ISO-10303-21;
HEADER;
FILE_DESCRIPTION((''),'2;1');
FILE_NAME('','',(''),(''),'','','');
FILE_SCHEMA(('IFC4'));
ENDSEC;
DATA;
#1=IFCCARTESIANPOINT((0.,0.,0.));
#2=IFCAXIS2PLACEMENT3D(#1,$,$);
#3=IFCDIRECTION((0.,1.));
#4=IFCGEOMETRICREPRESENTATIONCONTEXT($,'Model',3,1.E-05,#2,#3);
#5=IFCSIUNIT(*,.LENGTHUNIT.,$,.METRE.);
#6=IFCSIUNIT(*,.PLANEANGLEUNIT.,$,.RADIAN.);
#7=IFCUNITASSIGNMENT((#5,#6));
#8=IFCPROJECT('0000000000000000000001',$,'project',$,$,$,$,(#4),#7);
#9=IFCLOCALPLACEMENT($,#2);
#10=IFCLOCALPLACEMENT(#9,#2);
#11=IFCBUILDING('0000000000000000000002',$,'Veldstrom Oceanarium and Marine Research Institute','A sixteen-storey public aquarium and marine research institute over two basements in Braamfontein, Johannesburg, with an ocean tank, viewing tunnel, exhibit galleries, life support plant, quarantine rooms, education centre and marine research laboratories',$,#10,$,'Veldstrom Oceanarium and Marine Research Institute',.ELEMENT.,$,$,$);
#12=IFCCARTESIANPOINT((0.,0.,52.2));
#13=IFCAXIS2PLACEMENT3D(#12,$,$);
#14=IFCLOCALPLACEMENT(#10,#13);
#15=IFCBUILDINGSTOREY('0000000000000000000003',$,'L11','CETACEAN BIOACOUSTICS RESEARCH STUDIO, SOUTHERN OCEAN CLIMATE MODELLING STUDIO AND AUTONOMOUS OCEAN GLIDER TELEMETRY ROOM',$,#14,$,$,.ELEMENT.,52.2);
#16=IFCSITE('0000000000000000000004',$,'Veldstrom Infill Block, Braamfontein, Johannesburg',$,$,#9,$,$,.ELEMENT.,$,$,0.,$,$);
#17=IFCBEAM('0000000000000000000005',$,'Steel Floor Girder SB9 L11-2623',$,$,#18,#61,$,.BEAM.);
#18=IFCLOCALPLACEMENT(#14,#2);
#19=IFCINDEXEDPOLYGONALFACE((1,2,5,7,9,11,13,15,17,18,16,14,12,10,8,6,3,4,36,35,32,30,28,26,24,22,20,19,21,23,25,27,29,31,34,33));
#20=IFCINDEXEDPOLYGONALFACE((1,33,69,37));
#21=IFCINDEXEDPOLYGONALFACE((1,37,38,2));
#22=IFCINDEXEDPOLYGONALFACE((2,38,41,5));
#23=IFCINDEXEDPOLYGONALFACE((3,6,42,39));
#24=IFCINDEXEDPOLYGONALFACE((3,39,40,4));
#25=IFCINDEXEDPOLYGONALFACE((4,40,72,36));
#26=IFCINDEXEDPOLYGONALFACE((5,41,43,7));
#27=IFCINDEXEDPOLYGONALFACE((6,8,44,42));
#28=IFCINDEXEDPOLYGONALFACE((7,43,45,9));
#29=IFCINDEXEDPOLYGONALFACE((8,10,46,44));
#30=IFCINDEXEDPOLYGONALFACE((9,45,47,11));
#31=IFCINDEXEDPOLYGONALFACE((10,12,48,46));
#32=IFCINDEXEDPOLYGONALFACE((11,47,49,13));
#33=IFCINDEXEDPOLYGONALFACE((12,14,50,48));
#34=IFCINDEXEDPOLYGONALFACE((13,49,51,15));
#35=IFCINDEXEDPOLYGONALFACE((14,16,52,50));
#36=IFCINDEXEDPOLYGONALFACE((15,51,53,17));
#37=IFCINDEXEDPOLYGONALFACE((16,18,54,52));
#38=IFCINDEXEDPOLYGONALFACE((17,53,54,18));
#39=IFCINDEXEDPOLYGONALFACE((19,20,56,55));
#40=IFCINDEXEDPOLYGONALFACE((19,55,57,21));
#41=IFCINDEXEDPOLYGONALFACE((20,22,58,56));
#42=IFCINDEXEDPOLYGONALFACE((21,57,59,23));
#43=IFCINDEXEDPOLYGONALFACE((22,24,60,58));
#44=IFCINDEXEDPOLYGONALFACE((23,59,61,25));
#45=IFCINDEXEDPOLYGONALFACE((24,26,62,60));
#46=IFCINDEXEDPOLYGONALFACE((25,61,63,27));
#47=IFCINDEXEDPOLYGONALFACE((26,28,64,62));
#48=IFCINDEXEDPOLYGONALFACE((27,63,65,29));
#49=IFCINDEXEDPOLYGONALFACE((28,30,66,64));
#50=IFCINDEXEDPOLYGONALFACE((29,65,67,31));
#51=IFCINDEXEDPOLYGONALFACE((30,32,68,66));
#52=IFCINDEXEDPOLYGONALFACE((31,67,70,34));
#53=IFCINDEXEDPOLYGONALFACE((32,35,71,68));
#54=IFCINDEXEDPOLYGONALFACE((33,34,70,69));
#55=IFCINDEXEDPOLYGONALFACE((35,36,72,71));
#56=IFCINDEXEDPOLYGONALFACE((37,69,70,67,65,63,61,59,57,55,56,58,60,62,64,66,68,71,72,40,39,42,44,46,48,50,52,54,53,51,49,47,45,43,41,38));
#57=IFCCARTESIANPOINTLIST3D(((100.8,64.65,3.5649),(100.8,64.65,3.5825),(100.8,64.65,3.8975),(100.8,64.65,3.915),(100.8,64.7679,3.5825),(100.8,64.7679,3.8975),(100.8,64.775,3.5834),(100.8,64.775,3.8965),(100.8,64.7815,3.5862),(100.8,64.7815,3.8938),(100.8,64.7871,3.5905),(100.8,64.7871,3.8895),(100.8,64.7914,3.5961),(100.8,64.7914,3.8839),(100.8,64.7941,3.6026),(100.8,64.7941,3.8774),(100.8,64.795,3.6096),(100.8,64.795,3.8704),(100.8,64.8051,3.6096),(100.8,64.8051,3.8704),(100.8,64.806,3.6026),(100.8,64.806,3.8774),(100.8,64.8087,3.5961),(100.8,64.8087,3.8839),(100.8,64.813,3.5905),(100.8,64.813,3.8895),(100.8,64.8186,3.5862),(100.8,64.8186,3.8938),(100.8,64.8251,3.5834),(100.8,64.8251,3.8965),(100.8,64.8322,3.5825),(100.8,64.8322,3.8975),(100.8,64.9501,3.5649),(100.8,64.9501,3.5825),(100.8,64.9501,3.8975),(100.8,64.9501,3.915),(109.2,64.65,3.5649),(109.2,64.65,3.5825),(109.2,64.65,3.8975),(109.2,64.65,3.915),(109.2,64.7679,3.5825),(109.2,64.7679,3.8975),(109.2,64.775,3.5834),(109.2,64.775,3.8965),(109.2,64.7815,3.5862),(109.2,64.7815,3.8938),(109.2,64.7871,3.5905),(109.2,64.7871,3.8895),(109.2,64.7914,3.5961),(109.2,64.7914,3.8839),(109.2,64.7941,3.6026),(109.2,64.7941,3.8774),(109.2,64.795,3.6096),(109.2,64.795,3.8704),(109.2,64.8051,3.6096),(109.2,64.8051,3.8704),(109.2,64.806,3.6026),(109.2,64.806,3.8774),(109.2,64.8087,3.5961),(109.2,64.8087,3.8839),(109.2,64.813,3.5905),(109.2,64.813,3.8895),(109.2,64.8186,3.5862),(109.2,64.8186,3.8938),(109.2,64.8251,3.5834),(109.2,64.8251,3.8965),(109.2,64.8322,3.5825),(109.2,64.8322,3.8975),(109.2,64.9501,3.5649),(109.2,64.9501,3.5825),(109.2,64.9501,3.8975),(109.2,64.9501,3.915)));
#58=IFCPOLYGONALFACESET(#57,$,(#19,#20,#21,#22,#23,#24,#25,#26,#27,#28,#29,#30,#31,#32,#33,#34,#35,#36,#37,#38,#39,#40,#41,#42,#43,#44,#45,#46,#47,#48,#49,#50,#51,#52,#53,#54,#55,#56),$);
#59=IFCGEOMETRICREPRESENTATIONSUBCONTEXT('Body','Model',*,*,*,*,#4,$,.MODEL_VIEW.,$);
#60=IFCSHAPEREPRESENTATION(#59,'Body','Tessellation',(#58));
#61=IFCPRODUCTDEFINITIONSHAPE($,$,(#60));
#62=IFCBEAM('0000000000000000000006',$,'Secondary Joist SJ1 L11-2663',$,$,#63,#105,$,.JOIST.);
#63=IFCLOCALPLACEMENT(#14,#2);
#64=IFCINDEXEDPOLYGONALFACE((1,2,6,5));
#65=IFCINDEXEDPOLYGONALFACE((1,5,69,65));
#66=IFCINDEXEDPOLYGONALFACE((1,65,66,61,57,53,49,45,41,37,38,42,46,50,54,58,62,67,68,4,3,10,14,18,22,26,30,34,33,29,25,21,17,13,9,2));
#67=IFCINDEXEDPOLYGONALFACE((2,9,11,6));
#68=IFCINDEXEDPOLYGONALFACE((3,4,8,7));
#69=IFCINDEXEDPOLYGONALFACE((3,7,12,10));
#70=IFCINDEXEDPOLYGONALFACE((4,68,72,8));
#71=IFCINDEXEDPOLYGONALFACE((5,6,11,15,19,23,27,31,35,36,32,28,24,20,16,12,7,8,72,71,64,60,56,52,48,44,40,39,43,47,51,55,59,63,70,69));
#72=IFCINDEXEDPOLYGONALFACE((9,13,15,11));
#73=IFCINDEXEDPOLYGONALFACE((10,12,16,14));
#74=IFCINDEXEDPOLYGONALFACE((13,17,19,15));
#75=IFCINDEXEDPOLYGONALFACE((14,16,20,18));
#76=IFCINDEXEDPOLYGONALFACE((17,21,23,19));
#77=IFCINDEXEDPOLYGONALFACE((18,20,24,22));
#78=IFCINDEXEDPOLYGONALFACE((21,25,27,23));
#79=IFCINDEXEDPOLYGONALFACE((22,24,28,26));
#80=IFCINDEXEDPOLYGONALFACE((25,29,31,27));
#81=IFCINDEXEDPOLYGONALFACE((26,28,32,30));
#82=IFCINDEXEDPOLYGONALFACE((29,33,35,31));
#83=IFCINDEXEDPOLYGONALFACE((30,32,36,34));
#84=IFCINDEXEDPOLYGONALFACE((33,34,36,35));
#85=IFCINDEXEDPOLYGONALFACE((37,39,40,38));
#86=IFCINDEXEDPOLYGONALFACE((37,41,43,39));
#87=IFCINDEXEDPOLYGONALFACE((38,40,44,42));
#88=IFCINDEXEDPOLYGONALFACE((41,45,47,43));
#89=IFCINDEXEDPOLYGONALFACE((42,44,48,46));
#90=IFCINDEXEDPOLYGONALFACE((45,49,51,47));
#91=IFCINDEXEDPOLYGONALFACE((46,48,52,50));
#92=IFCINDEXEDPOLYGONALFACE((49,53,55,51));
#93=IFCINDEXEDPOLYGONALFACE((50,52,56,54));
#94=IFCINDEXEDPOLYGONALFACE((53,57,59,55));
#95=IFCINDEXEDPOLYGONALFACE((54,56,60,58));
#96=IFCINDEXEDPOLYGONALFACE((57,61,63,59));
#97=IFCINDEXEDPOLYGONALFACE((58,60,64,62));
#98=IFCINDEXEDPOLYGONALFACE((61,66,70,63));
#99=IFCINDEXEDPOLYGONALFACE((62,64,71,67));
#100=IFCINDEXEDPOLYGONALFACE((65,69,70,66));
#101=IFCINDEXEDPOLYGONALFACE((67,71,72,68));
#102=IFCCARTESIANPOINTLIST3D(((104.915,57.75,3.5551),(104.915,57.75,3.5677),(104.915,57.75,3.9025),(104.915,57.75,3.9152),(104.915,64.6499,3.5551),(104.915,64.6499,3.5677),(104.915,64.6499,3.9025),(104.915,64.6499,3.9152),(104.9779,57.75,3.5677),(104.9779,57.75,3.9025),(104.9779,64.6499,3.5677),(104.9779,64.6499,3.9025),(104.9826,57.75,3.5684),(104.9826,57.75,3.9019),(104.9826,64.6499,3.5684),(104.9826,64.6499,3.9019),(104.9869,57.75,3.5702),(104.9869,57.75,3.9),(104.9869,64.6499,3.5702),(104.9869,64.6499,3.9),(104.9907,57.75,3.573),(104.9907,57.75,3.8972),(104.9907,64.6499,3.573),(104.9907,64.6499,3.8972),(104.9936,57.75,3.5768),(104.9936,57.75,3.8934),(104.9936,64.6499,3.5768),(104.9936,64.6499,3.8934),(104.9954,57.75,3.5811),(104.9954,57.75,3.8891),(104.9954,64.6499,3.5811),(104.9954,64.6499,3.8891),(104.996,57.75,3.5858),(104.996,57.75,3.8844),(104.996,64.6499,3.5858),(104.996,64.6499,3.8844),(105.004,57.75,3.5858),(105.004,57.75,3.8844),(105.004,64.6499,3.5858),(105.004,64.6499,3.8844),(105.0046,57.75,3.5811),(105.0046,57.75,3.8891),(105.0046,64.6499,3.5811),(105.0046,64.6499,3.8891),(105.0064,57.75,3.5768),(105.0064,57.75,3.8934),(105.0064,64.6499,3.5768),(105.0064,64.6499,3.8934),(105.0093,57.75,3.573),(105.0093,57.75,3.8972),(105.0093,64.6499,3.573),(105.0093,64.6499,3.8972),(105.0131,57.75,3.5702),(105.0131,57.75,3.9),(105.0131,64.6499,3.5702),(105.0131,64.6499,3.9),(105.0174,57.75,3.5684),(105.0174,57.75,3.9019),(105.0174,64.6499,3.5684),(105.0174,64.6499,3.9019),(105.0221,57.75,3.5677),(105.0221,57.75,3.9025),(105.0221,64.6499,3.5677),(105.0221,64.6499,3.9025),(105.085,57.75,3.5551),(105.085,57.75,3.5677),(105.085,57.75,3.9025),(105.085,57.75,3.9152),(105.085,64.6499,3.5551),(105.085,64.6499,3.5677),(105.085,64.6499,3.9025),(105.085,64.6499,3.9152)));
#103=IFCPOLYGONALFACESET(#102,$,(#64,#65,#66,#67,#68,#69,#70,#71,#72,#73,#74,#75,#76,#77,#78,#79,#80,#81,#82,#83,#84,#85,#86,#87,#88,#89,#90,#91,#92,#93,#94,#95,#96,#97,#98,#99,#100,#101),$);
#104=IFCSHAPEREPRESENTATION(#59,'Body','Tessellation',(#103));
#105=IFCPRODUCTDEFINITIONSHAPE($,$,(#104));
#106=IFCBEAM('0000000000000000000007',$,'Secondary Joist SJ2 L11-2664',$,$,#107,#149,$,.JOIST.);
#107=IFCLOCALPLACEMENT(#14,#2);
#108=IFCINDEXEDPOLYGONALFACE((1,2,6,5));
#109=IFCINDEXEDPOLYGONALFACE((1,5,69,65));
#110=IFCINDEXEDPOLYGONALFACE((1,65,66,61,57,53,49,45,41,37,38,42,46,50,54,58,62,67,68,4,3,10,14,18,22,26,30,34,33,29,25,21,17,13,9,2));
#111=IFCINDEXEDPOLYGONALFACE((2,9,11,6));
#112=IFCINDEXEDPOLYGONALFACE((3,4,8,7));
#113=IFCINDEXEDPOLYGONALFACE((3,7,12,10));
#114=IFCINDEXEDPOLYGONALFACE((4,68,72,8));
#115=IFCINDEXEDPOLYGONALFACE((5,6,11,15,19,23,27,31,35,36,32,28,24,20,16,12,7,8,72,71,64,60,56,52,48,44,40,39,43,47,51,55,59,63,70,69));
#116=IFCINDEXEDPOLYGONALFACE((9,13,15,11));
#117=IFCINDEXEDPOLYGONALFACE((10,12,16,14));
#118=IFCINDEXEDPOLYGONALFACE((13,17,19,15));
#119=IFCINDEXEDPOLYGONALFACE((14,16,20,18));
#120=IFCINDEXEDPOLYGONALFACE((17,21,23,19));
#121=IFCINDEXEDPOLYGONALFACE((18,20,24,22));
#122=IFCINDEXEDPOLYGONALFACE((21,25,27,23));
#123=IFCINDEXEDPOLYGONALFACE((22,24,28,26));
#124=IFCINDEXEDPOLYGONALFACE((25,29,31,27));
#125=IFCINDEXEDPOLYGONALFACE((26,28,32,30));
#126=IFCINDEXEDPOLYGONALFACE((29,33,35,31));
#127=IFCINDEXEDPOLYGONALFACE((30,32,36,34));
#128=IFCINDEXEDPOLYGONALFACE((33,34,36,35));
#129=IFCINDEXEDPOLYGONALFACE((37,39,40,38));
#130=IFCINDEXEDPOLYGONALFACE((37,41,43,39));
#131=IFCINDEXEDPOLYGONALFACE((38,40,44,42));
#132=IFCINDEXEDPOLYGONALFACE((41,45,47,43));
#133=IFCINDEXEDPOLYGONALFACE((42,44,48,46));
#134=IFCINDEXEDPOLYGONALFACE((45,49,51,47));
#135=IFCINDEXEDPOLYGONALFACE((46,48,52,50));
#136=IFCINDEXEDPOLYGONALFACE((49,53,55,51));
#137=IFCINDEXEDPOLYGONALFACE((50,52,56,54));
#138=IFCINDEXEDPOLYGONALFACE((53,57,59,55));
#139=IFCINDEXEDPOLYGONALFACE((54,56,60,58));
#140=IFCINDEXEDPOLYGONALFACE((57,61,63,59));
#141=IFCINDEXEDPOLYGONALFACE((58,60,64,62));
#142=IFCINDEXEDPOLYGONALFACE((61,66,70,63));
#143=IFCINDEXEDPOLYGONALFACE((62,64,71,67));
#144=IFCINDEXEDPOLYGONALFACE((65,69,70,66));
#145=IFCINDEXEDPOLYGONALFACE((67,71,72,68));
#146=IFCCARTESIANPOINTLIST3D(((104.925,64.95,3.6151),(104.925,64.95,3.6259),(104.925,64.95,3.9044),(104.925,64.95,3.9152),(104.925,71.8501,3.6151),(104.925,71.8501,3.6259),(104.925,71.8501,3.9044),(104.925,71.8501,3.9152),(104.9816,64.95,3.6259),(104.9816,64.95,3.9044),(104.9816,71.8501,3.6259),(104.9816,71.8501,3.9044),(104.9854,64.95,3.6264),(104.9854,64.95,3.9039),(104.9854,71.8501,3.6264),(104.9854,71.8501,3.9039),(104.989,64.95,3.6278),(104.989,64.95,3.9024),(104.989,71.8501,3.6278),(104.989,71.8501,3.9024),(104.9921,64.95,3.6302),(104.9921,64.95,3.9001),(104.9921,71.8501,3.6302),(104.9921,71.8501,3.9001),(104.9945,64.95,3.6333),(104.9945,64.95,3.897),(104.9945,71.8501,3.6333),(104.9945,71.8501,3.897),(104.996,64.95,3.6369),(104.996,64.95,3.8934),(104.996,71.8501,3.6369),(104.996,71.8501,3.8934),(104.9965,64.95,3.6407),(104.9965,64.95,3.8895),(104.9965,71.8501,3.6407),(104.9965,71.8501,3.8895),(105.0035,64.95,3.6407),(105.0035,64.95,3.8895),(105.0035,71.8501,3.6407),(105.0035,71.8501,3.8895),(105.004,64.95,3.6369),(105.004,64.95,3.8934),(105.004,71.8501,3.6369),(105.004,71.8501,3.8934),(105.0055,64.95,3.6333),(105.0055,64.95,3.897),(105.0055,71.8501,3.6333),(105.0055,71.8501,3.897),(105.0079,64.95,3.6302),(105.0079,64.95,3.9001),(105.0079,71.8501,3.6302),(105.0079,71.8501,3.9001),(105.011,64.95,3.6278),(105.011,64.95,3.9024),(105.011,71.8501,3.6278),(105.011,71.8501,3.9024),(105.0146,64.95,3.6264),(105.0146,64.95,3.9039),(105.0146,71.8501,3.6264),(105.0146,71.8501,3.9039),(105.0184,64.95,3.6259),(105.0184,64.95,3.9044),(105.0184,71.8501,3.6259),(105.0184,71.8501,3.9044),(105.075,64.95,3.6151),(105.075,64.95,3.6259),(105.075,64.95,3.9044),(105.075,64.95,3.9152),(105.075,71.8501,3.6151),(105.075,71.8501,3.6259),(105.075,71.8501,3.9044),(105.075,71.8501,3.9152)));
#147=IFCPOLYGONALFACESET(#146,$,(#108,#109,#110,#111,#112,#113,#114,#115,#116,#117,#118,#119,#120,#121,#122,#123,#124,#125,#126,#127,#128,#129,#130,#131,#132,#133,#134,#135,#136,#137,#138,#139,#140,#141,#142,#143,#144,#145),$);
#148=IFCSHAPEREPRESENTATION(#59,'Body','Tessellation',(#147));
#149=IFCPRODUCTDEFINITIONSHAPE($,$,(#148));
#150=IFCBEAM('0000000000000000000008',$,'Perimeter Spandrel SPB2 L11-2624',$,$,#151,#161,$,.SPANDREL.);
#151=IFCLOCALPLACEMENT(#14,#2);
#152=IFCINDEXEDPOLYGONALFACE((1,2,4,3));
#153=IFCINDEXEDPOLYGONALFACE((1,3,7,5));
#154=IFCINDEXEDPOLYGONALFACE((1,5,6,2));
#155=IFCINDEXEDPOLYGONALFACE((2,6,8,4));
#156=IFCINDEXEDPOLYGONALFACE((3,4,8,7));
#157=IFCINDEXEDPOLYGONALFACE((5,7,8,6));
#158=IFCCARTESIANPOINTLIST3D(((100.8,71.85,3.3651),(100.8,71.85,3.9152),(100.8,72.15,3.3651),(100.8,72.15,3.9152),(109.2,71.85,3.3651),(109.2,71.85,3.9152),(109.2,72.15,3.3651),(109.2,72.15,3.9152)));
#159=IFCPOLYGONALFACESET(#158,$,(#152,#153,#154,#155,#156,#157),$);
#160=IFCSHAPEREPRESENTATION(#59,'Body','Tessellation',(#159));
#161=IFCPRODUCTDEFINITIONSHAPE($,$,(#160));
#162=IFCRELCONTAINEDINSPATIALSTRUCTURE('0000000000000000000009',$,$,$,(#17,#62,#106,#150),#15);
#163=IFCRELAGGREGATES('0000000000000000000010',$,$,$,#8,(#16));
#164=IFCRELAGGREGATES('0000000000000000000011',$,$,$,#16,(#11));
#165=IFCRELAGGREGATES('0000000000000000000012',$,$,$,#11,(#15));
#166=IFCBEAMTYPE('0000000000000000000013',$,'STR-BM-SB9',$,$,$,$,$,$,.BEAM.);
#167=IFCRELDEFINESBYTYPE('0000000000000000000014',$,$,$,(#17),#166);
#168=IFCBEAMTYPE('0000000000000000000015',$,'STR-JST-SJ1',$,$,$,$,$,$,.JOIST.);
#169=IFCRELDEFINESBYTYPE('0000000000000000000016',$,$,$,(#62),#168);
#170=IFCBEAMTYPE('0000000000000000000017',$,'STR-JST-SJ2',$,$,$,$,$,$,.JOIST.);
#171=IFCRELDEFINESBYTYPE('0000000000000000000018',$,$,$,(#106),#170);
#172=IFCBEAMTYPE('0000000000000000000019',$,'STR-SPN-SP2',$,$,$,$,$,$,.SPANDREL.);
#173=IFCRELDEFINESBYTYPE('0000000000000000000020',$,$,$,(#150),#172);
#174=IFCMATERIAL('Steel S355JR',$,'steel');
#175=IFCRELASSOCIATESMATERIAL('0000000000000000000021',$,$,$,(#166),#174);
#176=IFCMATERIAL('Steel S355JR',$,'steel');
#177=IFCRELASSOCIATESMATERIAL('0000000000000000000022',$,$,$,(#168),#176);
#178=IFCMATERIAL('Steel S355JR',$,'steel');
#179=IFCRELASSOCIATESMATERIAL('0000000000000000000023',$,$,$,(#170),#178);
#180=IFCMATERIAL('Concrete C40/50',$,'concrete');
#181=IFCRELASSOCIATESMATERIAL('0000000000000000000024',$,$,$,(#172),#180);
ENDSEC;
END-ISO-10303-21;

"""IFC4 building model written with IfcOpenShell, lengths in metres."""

from ifc_helpers import new_model, si_unit, direction, frame, origin, origin_2d, place, context, subcontext, project, spatial, rectangle, i_section, extrude, material, material_profile, profile_set, type_object, element, save


model = new_model("IFC4")

# Units and contexts
model_context = context("Model", 3, precision=1e-05, world=origin(), true_north=direction((0.0, 1.0)))
body_context = subcontext(model_context, "Body", "Model", "MODEL_VIEW")
ifc_project = project(units=[si_unit("LENGTHUNIT", "METRE"), si_unit("PLANEANGLEUNIT", "RADIAN")], contexts=[model_context])

# Site, building, storey
site_placement = place(None, origin())
site = spatial("IfcSite", under=ifc_project, at=site_placement, Name="Veldstrom Infill Block, Braamfontein, Johannesburg", CompositionType="ELEMENT", RefElevation=0.0)
building_placement = place(site_placement, origin())
building = spatial("IfcBuilding", under=site, at=building_placement, Name="Veldstrom Oceanarium and Marine Research Institute", Description="A sixteen-storey public aquarium and marine research institute over two basements in Braamfontein, Johannesburg, with an ocean tank, viewing tunnel, exhibit galleries, life support plant, quarantine rooms, education centre and marine research laboratories", LongName="Veldstrom Oceanarium and Marine Research Institute", CompositionType="ELEMENT")
storey_placement = place(building_placement, frame((0.0, 0.0, 52.2)))
storey = spatial("IfcBuildingStorey", under=building, at=storey_placement, Name="L11", Description="CETACEAN BIOACOUSTICS RESEARCH STUDIO, SOUTHERN OCEAN CLIMATE MODELLING STUDIO AND AUTONOMOUS OCEAN GLIDER TELEMETRY ROOM", CompositionType="ELEMENT", Elevation=52.2)

# Beams
ifc_material_1 = material(Name="Steel S355JR", Category="steel")
ifc_material_profile_1 = material_profile(ifc_material_1, i_section(OverallWidth=0.3, OverallDepth=0.3501, WebThickness=0.01, FlangeThickness=0.0176, FilletRadius=0.0271, at=origin_2d()), Name="HEA 360")
ifc_profile_set_1 = profile_set([ifc_material_profile_1], Name="Steel S355JR")
beam_type_1 = type_object("IfcBeamType", Name="STR-BM-SB9", PredefinedType="BEAM", material=ifc_profile_set_1)
for number, where, z_axis, x_axis, name in (
    (1, (100.8, 64.8, 3.74), (1.0, 0.0, 0.0), (0.0, 1.0, 0.0), "Steel Floor Girder SB9 L11-2623"),
):
    element("IfcBeam", number, at=place(storey_placement, frame(where, z_axis=z_axis, x_axis=x_axis)), inside=storey, type_object=beam_type_1, Name=name, PredefinedType="BEAM", context=body_context, shape_type="SweptSolid", body=[
        extrude(i_section(OverallWidth=0.3, OverallDepth=0.3501, WebThickness=0.01, FlangeThickness=0.0176, FilletRadius=0.0271, at=origin_2d()), origin(), (0.0, 0.0, 1.0), 8.3999),
    ])
ifc_material_2 = material(Name="Steel S355JR", Category="steel")
ifc_material_profile_2 = material_profile(ifc_material_2, i_section(OverallWidth=0.1699, OverallDepth=0.3601, WebThickness=0.0081, FlangeThickness=0.0127, FilletRadius=0.0181, at=origin_2d()), Name="IPE 360")
ifc_profile_set_2 = profile_set([ifc_material_profile_2], Name="Steel S355JR")
beam_type_2 = type_object("IfcBeamType", Name="STR-JST-SJ1", PredefinedType="JOIST", material=ifc_profile_set_2)
beam_1_placement = place(storey_placement, frame((105.0, 57.75, 3.7351), z_axis=(0.0, 1.0, 0.0), x_axis=(-1.0, 0.0, 0.0)))
element("IfcBeam", 2, at=beam_1_placement, inside=storey, type_object=beam_type_2, Name="Secondary Joist SJ1 L11-2663", PredefinedType="JOIST", context=body_context, shape_type="SweptSolid", body=[
    extrude(i_section(OverallWidth=0.1699, OverallDepth=0.3601, WebThickness=0.0081, FlangeThickness=0.0127, FilletRadius=0.0181, at=origin_2d()), origin(), (0.0, 0.0, 1.0), 6.8999),
])
ifc_material_3 = material(Name="Steel S355JR", Category="steel")
ifc_material_profile_3 = material_profile(ifc_material_3, i_section(OverallWidth=0.1499, OverallDepth=0.3, WebThickness=0.0071, FlangeThickness=0.0107, FilletRadius=0.0149, at=origin_2d()), Name="IPE 300")
ifc_profile_set_3 = profile_set([ifc_material_profile_3], Name="Steel S355JR")
beam_type_3 = type_object("IfcBeamType", Name="STR-JST-SJ2", PredefinedType="JOIST", material=ifc_profile_set_3)
beam_2_placement = place(storey_placement, frame((105.0, 64.95, 3.7651), z_axis=(0.0, 1.0, 0.0), x_axis=(-1.0, 0.0, 0.0)))
element("IfcBeam", 3, at=beam_2_placement, inside=storey, type_object=beam_type_3, Name="Secondary Joist SJ2 L11-2664", PredefinedType="JOIST", context=body_context, shape_type="SweptSolid", body=[
    extrude(i_section(OverallWidth=0.1499, OverallDepth=0.3, WebThickness=0.0071, FlangeThickness=0.0107, FilletRadius=0.0149, at=origin_2d()), origin(), (0.0, 0.0, 1.0), 6.9001),
])
ifc_material_4 = material(Name="Concrete C40/50", Category="concrete")
ifc_material_profile_4 = material_profile(ifc_material_4, rectangle(XDim=0.3, YDim=0.55, at=origin_2d()), Name="RC-SPN-300x550")
ifc_profile_set_4 = profile_set([ifc_material_profile_4], Name="Concrete C40/50")
beam_type_4 = type_object("IfcBeamType", Name="STR-SPN-SP2", PredefinedType="SPANDREL", material=ifc_profile_set_4)
beam_3_placement = place(storey_placement, frame((100.8, 72.0, 3.6401), z_axis=(1.0, 0.0, 0.0), x_axis=(0.0, 1.0, 0.0)))
element("IfcBeam", 4, at=beam_3_placement, inside=storey, type_object=beam_type_4, Name="Perimeter Spandrel SPB2 L11-2624", PredefinedType="SPANDREL", context=body_context, shape_type="SweptSolid", body=[
    extrude(rectangle(XDim=0.3, YDim=0.55, at=origin_2d()), origin(), (0.0, 0.0, 1.0), 8.3999),
])

save(model, "model.ifc")
